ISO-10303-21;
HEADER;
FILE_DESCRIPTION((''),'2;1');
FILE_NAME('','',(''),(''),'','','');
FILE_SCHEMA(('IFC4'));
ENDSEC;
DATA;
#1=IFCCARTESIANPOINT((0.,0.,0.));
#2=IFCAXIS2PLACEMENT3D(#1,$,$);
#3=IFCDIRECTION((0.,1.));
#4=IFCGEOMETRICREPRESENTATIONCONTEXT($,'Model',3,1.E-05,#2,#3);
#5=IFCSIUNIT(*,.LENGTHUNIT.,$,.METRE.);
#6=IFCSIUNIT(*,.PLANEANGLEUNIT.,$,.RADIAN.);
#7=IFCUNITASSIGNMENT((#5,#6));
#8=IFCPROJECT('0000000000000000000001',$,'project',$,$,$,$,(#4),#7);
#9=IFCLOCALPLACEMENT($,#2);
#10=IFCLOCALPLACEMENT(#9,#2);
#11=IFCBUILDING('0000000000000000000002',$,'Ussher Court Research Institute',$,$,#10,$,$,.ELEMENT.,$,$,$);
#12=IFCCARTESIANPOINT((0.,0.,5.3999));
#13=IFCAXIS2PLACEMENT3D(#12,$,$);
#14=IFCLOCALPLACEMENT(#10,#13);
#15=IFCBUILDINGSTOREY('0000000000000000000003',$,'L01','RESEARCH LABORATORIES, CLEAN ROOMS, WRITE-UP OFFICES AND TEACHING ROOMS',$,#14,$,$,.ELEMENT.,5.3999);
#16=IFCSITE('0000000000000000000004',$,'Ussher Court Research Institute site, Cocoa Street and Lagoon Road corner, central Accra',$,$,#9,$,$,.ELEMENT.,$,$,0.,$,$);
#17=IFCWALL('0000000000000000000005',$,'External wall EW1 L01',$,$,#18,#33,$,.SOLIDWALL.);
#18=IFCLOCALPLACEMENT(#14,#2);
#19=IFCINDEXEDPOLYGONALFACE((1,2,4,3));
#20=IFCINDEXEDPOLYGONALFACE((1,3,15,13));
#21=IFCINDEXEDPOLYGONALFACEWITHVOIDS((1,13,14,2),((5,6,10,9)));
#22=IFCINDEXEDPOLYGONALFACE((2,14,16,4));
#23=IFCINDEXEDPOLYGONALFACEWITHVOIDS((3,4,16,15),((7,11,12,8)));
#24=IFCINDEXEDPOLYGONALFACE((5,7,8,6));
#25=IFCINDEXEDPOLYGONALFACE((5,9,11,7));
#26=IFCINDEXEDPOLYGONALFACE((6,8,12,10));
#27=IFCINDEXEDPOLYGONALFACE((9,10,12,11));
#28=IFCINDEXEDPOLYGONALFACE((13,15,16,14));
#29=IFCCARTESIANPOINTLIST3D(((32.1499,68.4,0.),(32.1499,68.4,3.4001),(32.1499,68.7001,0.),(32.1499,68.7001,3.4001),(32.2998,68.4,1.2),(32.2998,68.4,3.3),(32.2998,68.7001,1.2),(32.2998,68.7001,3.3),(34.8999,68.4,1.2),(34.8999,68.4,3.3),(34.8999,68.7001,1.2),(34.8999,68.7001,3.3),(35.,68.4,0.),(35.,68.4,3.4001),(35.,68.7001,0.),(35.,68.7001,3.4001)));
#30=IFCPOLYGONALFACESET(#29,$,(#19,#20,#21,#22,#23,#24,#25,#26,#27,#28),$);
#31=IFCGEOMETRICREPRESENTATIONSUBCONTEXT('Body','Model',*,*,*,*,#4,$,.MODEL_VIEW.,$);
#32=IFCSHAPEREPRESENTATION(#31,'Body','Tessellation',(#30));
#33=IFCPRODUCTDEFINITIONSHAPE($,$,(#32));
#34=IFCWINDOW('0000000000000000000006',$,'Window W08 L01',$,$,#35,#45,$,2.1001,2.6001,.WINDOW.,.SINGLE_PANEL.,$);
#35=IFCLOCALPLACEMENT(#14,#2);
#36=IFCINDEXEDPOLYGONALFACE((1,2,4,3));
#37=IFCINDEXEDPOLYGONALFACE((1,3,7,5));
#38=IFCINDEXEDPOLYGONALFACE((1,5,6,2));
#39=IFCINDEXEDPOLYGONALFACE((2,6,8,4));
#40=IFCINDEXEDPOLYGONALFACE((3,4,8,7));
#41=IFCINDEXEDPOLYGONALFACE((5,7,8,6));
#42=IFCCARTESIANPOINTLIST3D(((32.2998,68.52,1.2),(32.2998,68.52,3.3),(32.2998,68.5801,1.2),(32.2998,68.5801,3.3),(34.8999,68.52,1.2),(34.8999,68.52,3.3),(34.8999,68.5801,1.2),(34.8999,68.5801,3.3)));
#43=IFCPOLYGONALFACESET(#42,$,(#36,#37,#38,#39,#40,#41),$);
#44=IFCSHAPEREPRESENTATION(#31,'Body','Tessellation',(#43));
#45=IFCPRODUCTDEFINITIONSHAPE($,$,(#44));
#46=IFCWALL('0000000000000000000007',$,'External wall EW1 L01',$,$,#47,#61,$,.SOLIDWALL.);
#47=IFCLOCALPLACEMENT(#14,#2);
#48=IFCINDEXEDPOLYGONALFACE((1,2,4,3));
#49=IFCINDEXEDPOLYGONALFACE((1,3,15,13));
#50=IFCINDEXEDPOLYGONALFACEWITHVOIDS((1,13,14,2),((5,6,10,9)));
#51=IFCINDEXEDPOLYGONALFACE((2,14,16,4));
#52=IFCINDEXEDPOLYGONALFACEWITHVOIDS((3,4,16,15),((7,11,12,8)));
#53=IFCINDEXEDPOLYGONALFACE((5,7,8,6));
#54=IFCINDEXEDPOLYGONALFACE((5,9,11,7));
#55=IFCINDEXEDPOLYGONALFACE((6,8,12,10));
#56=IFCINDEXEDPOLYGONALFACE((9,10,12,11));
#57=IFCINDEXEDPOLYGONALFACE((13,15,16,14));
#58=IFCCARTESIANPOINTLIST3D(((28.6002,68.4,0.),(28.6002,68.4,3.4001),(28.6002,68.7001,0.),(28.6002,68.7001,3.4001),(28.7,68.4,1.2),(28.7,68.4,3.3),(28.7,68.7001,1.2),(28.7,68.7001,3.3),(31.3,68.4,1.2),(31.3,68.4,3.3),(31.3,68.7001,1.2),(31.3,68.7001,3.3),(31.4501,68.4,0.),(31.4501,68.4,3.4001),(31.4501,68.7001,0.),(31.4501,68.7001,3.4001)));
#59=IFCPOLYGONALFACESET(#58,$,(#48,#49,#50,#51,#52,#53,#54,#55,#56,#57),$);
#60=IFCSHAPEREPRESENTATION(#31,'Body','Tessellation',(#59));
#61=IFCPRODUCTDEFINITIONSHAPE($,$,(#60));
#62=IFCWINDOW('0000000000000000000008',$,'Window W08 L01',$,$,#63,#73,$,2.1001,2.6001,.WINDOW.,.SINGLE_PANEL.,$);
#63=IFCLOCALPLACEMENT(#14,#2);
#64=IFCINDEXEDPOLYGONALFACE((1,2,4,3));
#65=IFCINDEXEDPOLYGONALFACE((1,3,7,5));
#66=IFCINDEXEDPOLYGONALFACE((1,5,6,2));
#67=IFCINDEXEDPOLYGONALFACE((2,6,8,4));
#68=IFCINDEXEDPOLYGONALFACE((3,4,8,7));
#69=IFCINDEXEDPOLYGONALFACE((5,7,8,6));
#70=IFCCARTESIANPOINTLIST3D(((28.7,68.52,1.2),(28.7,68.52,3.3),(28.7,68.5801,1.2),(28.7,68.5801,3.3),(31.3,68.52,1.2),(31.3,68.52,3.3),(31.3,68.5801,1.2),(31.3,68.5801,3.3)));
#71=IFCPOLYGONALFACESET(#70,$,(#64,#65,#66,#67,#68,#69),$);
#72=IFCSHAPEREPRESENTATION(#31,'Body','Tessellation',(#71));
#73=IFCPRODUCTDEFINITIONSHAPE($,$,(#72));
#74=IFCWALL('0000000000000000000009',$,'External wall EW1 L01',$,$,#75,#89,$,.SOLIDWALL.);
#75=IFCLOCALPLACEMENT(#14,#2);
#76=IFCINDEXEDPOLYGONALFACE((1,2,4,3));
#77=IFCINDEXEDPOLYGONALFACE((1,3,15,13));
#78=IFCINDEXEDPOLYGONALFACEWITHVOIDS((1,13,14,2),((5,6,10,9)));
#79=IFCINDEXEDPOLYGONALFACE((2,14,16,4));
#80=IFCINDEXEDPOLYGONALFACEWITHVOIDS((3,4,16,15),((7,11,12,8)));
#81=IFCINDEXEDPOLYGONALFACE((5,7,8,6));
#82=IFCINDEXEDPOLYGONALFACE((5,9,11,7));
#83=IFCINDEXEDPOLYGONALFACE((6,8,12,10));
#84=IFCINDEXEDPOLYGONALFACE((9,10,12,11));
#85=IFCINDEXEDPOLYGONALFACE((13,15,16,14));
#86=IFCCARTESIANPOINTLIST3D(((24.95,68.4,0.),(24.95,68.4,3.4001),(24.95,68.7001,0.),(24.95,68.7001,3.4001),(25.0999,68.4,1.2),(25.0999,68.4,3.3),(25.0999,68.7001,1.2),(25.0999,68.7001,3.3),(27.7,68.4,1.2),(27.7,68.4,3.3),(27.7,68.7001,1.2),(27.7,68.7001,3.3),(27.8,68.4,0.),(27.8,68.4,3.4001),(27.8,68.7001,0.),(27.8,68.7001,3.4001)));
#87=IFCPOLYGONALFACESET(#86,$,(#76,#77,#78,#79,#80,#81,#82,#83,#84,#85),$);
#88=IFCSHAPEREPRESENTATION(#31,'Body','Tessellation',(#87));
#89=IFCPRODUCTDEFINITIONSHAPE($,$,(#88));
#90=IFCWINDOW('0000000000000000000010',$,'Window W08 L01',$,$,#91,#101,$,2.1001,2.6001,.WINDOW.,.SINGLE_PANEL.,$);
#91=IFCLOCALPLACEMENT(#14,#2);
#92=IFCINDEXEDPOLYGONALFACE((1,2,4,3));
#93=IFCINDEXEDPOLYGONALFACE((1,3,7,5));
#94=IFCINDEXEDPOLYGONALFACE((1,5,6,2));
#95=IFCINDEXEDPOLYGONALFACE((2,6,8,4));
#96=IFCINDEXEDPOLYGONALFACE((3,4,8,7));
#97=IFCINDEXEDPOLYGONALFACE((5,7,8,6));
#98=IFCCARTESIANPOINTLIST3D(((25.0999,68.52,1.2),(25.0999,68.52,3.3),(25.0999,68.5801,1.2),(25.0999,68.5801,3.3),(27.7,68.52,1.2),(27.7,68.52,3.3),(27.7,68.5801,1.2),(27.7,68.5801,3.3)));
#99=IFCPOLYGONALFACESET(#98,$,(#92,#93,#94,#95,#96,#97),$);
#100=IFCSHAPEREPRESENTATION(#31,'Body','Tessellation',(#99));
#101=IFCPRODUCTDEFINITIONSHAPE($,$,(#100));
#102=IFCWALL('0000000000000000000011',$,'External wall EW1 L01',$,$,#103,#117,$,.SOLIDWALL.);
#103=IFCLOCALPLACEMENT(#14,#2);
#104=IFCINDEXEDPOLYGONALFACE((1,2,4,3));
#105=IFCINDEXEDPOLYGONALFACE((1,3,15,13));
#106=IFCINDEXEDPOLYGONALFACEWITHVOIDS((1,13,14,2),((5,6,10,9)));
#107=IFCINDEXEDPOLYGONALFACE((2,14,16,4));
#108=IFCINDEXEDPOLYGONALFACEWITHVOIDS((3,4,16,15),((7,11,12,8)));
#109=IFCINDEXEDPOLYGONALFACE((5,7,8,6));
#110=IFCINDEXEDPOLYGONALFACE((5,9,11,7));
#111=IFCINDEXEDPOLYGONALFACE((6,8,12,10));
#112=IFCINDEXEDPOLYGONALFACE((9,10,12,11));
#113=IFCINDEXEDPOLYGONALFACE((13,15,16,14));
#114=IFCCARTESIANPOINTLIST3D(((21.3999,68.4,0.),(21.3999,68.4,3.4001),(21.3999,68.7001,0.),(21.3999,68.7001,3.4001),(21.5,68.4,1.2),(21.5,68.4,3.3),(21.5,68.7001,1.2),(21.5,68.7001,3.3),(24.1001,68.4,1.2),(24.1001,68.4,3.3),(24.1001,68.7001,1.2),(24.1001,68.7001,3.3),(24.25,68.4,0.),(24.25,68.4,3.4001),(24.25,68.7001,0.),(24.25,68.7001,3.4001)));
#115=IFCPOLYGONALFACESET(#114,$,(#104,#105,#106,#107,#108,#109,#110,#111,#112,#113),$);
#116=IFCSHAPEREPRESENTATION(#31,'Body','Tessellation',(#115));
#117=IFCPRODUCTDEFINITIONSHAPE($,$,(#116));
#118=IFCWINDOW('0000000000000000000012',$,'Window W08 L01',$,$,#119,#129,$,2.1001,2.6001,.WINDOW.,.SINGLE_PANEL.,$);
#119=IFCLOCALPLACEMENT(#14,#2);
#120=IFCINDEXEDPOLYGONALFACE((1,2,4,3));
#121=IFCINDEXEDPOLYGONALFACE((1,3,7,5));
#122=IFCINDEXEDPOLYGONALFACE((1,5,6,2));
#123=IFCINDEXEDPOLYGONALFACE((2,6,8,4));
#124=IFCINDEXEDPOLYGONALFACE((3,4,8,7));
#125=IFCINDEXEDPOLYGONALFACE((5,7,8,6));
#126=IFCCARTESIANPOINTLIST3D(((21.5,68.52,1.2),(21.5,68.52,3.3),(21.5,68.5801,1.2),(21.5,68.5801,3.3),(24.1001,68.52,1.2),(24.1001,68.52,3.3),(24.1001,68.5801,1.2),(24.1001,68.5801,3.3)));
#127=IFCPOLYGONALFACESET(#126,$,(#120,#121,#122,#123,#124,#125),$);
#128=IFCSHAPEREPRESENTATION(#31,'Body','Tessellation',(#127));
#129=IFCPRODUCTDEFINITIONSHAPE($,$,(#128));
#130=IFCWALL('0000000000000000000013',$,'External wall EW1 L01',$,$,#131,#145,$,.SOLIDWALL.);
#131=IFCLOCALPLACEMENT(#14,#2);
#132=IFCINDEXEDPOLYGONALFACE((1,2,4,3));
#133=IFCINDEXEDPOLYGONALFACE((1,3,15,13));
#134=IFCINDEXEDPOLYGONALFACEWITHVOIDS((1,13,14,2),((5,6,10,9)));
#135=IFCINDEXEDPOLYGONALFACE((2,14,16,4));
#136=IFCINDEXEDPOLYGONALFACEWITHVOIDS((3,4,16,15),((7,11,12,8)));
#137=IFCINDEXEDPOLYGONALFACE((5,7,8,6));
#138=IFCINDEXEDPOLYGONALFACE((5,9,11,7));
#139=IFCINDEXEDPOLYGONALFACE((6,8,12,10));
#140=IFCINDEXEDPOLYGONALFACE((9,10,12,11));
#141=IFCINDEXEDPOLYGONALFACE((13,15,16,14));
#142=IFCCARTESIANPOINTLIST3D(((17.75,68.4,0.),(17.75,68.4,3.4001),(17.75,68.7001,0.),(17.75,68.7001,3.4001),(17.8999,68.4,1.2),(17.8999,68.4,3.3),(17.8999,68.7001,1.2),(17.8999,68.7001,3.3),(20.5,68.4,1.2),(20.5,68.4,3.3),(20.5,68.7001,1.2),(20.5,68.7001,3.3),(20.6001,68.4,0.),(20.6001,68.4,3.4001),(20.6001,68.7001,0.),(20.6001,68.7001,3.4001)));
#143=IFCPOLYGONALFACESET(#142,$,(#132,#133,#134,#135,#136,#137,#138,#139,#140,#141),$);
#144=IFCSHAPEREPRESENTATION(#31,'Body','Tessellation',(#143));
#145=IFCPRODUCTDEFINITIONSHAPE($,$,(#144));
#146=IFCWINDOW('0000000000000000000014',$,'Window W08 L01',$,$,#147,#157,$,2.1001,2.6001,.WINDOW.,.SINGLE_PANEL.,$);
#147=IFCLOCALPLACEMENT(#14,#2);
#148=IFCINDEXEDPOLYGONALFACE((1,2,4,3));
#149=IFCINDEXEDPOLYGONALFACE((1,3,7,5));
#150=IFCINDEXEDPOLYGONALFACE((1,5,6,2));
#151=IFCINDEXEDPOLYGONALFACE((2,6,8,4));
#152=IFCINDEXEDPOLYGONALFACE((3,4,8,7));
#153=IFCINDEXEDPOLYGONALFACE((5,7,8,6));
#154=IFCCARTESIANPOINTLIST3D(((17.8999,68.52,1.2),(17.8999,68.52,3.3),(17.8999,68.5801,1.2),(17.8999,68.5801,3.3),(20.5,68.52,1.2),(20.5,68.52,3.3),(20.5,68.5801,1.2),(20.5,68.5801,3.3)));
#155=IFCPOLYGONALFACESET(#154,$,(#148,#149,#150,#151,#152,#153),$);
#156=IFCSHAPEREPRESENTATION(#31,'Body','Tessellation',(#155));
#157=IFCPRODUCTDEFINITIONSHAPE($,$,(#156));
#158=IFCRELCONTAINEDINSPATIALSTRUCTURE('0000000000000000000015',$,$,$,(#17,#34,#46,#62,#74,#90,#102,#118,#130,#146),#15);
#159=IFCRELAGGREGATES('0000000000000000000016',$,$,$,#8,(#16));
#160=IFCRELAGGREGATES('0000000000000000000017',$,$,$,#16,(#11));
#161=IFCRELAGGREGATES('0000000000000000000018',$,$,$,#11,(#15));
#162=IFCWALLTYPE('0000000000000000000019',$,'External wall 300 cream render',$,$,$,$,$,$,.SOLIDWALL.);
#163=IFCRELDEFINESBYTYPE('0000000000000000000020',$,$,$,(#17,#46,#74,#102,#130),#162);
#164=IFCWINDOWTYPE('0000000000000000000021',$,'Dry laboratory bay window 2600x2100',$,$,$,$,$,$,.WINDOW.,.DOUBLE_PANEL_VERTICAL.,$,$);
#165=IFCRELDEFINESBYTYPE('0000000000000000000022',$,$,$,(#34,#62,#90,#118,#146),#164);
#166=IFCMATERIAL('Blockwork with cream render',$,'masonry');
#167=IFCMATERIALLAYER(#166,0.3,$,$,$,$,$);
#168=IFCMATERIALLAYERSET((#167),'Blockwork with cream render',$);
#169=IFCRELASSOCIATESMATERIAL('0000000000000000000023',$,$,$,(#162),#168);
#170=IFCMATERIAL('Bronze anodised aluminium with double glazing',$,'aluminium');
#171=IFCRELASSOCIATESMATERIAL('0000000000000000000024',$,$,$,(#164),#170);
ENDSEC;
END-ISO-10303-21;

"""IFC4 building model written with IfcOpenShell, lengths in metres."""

from ifc_helpers import new_model, si_unit, direction, frame, frame_2d, origin, place, context, subcontext, project, spatial, rectangle, extrude, material, layer, layer_set, type_object, element, fill, save


model = new_model("IFC4")

# Units and contexts
model_context = context("Model", 3, precision=1e-05, world=origin(), true_north=direction((0.0, 1.0)))
body_context = subcontext(model_context, "Body", "Model", "MODEL_VIEW")
ifc_project = project(units=[si_unit("LENGTHUNIT", "METRE"), si_unit("PLANEANGLEUNIT", "RADIAN")], contexts=[model_context])

# Site, building, storey
site_placement = place(None, origin())
site = spatial("IfcSite", under=ifc_project, at=site_placement, Name="Ussher Court Research Institute site, Cocoa Street and Lagoon Road corner, central Accra", CompositionType="ELEMENT", RefElevation=0.0)
building_placement = place(site_placement, origin())
building = spatial("IfcBuilding", under=site, at=building_placement, Name="Ussher Court Research Institute", CompositionType="ELEMENT")
storey_placement = place(building_placement, frame((0.0, 0.0, 5.3999)))
storey = spatial("IfcBuildingStorey", under=building, at=storey_placement, Name="L01", Description="RESEARCH LABORATORIES, CLEAN ROOMS, WRITE-UP OFFICES AND TEACHING ROOMS", CompositionType="ELEMENT", Elevation=5.3999)

# Walls, openings, windows
ifc_material_1 = material(Name="Blockwork with cream render", Category="masonry")
ifc_layer_1 = layer(ifc_material_1, 0.3)
ifc_layer_set_1 = layer_set([ifc_layer_1], Name="Blockwork with cream render")
wall_type_1 = type_object("IfcWallType", Name="External wall 300 cream render", PredefinedType="SOLIDWALL", material=ifc_layer_set_1)
wall_1_placement = place(storey_placement, frame((35.0, 68.55, 0.0), z_axis=(0.0, 0.0, 1.0), x_axis=(-1.0, 0.0, 0.0)))
wall_1 = element("IfcWall", 1, at=wall_1_placement, inside=storey, type_object=wall_type_1, Name="External wall EW1 L01", PredefinedType="SOLIDWALL", context=body_context, shape_type="SweptSolid", body=[
    extrude(rectangle(XDim=2.8501, YDim=0.3, at=frame_2d((1.425, 0.0))), origin(), (0.0, 0.0, 1.0), 3.4001),
])
opening_1_placement = place(wall_1_placement, frame((0.1001, 0.0, 1.2)))
opening_1 = element("IfcOpeningElement", 2, at=opening_1_placement, cuts=wall_1, PredefinedType="OPENING", context=body_context, shape_type="SweptSolid", body=[
    extrude(rectangle(XDim=2.6001, YDim=2.1001, at=frame_2d((1.3, 1.05))), frame((0.0, 0.1602, 0.0), z_axis=(0.0, -1.0, 0.0), x_axis=(1.0, 0.0, 0.0)), (0.0, 0.0, 1.0), 0.3201),
])
ifc_material_2 = material(Name="Bronze anodised aluminium with double glazing", Category="aluminium")
window_type = type_object("IfcWindowType", Name="Dry laboratory bay window 2600x2100", PartitioningType="DOUBLE_PANEL_VERTICAL", PredefinedType="WINDOW", material=ifc_material_2)
window_1_placement = place(opening_1_placement, origin())
window_1 = element("IfcWindow", 3, at=window_1_placement, inside=storey, type_object=window_type, Name="Window W08 L01", OverallHeight=2.1001, OverallWidth=2.6001, PartitioningType="SINGLE_PANEL", PredefinedType="WINDOW", context=body_context, shape_type="SweptSolid", body=[
    extrude(rectangle(XDim=2.6001, YDim=2.1001, at=frame_2d((1.3, 1.05))), frame((0.0, 0.03, 0.0), z_axis=(0.0, -1.0, 0.0), x_axis=(1.0, 0.0, 0.0)), (0.0, 0.0, 1.0), 0.0601),
])
fill(opening_1, window_1)
wall_2_placement = place(storey_placement, frame((31.45, 68.55, 0.0), z_axis=(0.0, 0.0, 1.0), x_axis=(-1.0, 0.0, 0.0)))
wall_2 = element("IfcWall", 4, at=wall_2_placement, inside=storey, type_object=wall_type_1, Name="External wall EW1 L01", PredefinedType="SOLIDWALL", context=body_context, shape_type="SweptSolid", body=[
    extrude(rectangle(XDim=2.8499, YDim=0.3, at=frame_2d((1.4248, 0.0))), origin(), (0.0, 0.0, 1.0), 3.4001),
])
opening_2_placement = place(wall_2_placement, frame((0.1499, 0.0, 1.2)))
opening_2 = element("IfcOpeningElement", 5, at=opening_2_placement, cuts=wall_2, PredefinedType="OPENING", context=body_context, shape_type="SweptSolid", body=[
    extrude(rectangle(XDim=2.6001, YDim=2.1001, at=frame_2d((1.3, 1.05))), frame((0.0, 0.1602, 0.0), z_axis=(0.0, -1.0, 0.0), x_axis=(1.0, 0.0, 0.0)), (0.0, 0.0, 1.0), 0.3201),
])
window_2_placement = place(opening_2_placement, origin())
window_2 = element("IfcWindow", 6, at=window_2_placement, inside=storey, type_object=window_type, Name="Window W08 L01", OverallHeight=2.1001, OverallWidth=2.6001, PartitioningType="SINGLE_PANEL", PredefinedType="WINDOW", context=body_context, shape_type="SweptSolid", body=[
    extrude(rectangle(XDim=2.6001, YDim=2.1001, at=frame_2d((1.3, 1.05))), frame((0.0, 0.03, 0.0), z_axis=(0.0, -1.0, 0.0), x_axis=(1.0, 0.0, 0.0)), (0.0, 0.0, 1.0), 0.0601),
])
fill(opening_2, window_2)
wall_3_placement = place(storey_placement, frame((27.8, 68.55, 0.0), z_axis=(0.0, 0.0, 1.0), x_axis=(-1.0, 0.0, 0.0)))
wall_3 = element("IfcWall", 7, at=wall_3_placement, inside=storey, type_object=wall_type_1, Name="External wall EW1 L01", PredefinedType="SOLIDWALL", context=body_context, shape_type="SweptSolid", body=[
    extrude(rectangle(XDim=2.8501, YDim=0.3, at=frame_2d((1.425, 0.0))), origin(), (0.0, 0.0, 1.0), 3.4001),
])
opening_3_placement = place(wall_3_placement, frame((0.1001, 0.0, 1.2)))
opening_3 = element("IfcOpeningElement", 8, at=opening_3_placement, cuts=wall_3, PredefinedType="OPENING", context=body_context, shape_type="SweptSolid", body=[
    extrude(rectangle(XDim=2.6001, YDim=2.1001, at=frame_2d((1.3, 1.05))), frame((0.0, 0.1602, 0.0), z_axis=(0.0, -1.0, 0.0), x_axis=(1.0, 0.0, 0.0)), (0.0, 0.0, 1.0), 0.3201),
])
window_3_placement = place(opening_3_placement, origin())
window_3 = element("IfcWindow", 9, at=window_3_placement, inside=storey, type_object=window_type, Name="Window W08 L01", OverallHeight=2.1001, OverallWidth=2.6001, PartitioningType="SINGLE_PANEL", PredefinedType="WINDOW", context=body_context, shape_type="SweptSolid", body=[
    extrude(rectangle(XDim=2.6001, YDim=2.1001, at=frame_2d((1.3, 1.05))), frame((0.0, 0.03, 0.0), z_axis=(0.0, -1.0, 0.0), x_axis=(1.0, 0.0, 0.0)), (0.0, 0.0, 1.0), 0.0601),
])
fill(opening_3, window_3)
wall_4_placement = place(storey_placement, frame((24.25, 68.55, 0.0), z_axis=(0.0, 0.0, 1.0), x_axis=(-1.0, 0.0, 0.0)))
wall_4 = element("IfcWall", 10, at=wall_4_placement, inside=storey, type_object=wall_type_1, Name="External wall EW1 L01", PredefinedType="SOLIDWALL", context=body_context, shape_type="SweptSolid", body=[
    extrude(rectangle(XDim=2.8501, YDim=0.3, at=frame_2d((1.425, 0.0))), origin(), (0.0, 0.0, 1.0), 3.4001),
])
opening_4_placement = place(wall_4_placement, frame((0.1499, 0.0, 1.2)))
opening_4 = element("IfcOpeningElement", 11, at=opening_4_placement, cuts=wall_4, PredefinedType="OPENING", context=body_context, shape_type="SweptSolid", body=[
    extrude(rectangle(XDim=2.6001, YDim=2.1001, at=frame_2d((1.3, 1.05))), frame((0.0, 0.1602, 0.0), z_axis=(0.0, -1.0, 0.0), x_axis=(1.0, 0.0, 0.0)), (0.0, 0.0, 1.0), 0.3201),
])
window_4_placement = place(opening_4_placement, origin())
window_4 = element("IfcWindow", 12, at=window_4_placement, inside=storey, type_object=window_type, Name="Window W08 L01", OverallHeight=2.1001, OverallWidth=2.6001, PartitioningType="SINGLE_PANEL", PredefinedType="WINDOW", context=body_context, shape_type="SweptSolid", body=[
    extrude(rectangle(XDim=2.6001, YDim=2.1001, at=frame_2d((1.3, 1.05))), frame((0.0, 0.03, 0.0), z_axis=(0.0, -1.0, 0.0), x_axis=(1.0, 0.0, 0.0)), (0.0, 0.0, 1.0), 0.0601),
])
fill(opening_4, window_4)
wall_5_placement = place(storey_placement, frame((20.6001, 68.55, 0.0), z_axis=(0.0, 0.0, 1.0), x_axis=(-1.0, 0.0, 0.0)))
wall_5 = element("IfcWall", 13, at=wall_5_placement, inside=storey, type_object=wall_type_1, Name="External wall EW1 L01", PredefinedType="SOLIDWALL", context=body_context, shape_type="SweptSolid", body=[
    extrude(rectangle(XDim=2.8501, YDim=0.3, at=frame_2d((1.425, 0.0))), origin(), (0.0, 0.0, 1.0), 3.4001),
])
opening_5_placement = place(wall_5_placement, frame((0.1001, 0.0, 1.2)))
opening_5 = element("IfcOpeningElement", 14, at=opening_5_placement, cuts=wall_5, PredefinedType="OPENING", context=body_context, shape_type="SweptSolid", body=[
    extrude(rectangle(XDim=2.6001, YDim=2.1001, at=frame_2d((1.3, 1.05))), frame((0.0, 0.1602, 0.0), z_axis=(0.0, -1.0, 0.0), x_axis=(1.0, 0.0, 0.0)), (0.0, 0.0, 1.0), 0.3201),
])
window_5_placement = place(opening_5_placement, origin())
window_5 = element("IfcWindow", 15, at=window_5_placement, inside=storey, type_object=window_type, Name="Window W08 L01", OverallHeight=2.1001, OverallWidth=2.6001, PartitioningType="SINGLE_PANEL", PredefinedType="WINDOW", context=body_context, shape_type="SweptSolid", body=[
    extrude(rectangle(XDim=2.6001, YDim=2.1001, at=frame_2d((1.3, 1.05))), frame((0.0, 0.03, 0.0), z_axis=(0.0, -1.0, 0.0), x_axis=(1.0, 0.0, 0.0)), (0.0, 0.0, 1.0), 0.0601),
])
fill(opening_5, window_5)

save(model, "model.ifc")
